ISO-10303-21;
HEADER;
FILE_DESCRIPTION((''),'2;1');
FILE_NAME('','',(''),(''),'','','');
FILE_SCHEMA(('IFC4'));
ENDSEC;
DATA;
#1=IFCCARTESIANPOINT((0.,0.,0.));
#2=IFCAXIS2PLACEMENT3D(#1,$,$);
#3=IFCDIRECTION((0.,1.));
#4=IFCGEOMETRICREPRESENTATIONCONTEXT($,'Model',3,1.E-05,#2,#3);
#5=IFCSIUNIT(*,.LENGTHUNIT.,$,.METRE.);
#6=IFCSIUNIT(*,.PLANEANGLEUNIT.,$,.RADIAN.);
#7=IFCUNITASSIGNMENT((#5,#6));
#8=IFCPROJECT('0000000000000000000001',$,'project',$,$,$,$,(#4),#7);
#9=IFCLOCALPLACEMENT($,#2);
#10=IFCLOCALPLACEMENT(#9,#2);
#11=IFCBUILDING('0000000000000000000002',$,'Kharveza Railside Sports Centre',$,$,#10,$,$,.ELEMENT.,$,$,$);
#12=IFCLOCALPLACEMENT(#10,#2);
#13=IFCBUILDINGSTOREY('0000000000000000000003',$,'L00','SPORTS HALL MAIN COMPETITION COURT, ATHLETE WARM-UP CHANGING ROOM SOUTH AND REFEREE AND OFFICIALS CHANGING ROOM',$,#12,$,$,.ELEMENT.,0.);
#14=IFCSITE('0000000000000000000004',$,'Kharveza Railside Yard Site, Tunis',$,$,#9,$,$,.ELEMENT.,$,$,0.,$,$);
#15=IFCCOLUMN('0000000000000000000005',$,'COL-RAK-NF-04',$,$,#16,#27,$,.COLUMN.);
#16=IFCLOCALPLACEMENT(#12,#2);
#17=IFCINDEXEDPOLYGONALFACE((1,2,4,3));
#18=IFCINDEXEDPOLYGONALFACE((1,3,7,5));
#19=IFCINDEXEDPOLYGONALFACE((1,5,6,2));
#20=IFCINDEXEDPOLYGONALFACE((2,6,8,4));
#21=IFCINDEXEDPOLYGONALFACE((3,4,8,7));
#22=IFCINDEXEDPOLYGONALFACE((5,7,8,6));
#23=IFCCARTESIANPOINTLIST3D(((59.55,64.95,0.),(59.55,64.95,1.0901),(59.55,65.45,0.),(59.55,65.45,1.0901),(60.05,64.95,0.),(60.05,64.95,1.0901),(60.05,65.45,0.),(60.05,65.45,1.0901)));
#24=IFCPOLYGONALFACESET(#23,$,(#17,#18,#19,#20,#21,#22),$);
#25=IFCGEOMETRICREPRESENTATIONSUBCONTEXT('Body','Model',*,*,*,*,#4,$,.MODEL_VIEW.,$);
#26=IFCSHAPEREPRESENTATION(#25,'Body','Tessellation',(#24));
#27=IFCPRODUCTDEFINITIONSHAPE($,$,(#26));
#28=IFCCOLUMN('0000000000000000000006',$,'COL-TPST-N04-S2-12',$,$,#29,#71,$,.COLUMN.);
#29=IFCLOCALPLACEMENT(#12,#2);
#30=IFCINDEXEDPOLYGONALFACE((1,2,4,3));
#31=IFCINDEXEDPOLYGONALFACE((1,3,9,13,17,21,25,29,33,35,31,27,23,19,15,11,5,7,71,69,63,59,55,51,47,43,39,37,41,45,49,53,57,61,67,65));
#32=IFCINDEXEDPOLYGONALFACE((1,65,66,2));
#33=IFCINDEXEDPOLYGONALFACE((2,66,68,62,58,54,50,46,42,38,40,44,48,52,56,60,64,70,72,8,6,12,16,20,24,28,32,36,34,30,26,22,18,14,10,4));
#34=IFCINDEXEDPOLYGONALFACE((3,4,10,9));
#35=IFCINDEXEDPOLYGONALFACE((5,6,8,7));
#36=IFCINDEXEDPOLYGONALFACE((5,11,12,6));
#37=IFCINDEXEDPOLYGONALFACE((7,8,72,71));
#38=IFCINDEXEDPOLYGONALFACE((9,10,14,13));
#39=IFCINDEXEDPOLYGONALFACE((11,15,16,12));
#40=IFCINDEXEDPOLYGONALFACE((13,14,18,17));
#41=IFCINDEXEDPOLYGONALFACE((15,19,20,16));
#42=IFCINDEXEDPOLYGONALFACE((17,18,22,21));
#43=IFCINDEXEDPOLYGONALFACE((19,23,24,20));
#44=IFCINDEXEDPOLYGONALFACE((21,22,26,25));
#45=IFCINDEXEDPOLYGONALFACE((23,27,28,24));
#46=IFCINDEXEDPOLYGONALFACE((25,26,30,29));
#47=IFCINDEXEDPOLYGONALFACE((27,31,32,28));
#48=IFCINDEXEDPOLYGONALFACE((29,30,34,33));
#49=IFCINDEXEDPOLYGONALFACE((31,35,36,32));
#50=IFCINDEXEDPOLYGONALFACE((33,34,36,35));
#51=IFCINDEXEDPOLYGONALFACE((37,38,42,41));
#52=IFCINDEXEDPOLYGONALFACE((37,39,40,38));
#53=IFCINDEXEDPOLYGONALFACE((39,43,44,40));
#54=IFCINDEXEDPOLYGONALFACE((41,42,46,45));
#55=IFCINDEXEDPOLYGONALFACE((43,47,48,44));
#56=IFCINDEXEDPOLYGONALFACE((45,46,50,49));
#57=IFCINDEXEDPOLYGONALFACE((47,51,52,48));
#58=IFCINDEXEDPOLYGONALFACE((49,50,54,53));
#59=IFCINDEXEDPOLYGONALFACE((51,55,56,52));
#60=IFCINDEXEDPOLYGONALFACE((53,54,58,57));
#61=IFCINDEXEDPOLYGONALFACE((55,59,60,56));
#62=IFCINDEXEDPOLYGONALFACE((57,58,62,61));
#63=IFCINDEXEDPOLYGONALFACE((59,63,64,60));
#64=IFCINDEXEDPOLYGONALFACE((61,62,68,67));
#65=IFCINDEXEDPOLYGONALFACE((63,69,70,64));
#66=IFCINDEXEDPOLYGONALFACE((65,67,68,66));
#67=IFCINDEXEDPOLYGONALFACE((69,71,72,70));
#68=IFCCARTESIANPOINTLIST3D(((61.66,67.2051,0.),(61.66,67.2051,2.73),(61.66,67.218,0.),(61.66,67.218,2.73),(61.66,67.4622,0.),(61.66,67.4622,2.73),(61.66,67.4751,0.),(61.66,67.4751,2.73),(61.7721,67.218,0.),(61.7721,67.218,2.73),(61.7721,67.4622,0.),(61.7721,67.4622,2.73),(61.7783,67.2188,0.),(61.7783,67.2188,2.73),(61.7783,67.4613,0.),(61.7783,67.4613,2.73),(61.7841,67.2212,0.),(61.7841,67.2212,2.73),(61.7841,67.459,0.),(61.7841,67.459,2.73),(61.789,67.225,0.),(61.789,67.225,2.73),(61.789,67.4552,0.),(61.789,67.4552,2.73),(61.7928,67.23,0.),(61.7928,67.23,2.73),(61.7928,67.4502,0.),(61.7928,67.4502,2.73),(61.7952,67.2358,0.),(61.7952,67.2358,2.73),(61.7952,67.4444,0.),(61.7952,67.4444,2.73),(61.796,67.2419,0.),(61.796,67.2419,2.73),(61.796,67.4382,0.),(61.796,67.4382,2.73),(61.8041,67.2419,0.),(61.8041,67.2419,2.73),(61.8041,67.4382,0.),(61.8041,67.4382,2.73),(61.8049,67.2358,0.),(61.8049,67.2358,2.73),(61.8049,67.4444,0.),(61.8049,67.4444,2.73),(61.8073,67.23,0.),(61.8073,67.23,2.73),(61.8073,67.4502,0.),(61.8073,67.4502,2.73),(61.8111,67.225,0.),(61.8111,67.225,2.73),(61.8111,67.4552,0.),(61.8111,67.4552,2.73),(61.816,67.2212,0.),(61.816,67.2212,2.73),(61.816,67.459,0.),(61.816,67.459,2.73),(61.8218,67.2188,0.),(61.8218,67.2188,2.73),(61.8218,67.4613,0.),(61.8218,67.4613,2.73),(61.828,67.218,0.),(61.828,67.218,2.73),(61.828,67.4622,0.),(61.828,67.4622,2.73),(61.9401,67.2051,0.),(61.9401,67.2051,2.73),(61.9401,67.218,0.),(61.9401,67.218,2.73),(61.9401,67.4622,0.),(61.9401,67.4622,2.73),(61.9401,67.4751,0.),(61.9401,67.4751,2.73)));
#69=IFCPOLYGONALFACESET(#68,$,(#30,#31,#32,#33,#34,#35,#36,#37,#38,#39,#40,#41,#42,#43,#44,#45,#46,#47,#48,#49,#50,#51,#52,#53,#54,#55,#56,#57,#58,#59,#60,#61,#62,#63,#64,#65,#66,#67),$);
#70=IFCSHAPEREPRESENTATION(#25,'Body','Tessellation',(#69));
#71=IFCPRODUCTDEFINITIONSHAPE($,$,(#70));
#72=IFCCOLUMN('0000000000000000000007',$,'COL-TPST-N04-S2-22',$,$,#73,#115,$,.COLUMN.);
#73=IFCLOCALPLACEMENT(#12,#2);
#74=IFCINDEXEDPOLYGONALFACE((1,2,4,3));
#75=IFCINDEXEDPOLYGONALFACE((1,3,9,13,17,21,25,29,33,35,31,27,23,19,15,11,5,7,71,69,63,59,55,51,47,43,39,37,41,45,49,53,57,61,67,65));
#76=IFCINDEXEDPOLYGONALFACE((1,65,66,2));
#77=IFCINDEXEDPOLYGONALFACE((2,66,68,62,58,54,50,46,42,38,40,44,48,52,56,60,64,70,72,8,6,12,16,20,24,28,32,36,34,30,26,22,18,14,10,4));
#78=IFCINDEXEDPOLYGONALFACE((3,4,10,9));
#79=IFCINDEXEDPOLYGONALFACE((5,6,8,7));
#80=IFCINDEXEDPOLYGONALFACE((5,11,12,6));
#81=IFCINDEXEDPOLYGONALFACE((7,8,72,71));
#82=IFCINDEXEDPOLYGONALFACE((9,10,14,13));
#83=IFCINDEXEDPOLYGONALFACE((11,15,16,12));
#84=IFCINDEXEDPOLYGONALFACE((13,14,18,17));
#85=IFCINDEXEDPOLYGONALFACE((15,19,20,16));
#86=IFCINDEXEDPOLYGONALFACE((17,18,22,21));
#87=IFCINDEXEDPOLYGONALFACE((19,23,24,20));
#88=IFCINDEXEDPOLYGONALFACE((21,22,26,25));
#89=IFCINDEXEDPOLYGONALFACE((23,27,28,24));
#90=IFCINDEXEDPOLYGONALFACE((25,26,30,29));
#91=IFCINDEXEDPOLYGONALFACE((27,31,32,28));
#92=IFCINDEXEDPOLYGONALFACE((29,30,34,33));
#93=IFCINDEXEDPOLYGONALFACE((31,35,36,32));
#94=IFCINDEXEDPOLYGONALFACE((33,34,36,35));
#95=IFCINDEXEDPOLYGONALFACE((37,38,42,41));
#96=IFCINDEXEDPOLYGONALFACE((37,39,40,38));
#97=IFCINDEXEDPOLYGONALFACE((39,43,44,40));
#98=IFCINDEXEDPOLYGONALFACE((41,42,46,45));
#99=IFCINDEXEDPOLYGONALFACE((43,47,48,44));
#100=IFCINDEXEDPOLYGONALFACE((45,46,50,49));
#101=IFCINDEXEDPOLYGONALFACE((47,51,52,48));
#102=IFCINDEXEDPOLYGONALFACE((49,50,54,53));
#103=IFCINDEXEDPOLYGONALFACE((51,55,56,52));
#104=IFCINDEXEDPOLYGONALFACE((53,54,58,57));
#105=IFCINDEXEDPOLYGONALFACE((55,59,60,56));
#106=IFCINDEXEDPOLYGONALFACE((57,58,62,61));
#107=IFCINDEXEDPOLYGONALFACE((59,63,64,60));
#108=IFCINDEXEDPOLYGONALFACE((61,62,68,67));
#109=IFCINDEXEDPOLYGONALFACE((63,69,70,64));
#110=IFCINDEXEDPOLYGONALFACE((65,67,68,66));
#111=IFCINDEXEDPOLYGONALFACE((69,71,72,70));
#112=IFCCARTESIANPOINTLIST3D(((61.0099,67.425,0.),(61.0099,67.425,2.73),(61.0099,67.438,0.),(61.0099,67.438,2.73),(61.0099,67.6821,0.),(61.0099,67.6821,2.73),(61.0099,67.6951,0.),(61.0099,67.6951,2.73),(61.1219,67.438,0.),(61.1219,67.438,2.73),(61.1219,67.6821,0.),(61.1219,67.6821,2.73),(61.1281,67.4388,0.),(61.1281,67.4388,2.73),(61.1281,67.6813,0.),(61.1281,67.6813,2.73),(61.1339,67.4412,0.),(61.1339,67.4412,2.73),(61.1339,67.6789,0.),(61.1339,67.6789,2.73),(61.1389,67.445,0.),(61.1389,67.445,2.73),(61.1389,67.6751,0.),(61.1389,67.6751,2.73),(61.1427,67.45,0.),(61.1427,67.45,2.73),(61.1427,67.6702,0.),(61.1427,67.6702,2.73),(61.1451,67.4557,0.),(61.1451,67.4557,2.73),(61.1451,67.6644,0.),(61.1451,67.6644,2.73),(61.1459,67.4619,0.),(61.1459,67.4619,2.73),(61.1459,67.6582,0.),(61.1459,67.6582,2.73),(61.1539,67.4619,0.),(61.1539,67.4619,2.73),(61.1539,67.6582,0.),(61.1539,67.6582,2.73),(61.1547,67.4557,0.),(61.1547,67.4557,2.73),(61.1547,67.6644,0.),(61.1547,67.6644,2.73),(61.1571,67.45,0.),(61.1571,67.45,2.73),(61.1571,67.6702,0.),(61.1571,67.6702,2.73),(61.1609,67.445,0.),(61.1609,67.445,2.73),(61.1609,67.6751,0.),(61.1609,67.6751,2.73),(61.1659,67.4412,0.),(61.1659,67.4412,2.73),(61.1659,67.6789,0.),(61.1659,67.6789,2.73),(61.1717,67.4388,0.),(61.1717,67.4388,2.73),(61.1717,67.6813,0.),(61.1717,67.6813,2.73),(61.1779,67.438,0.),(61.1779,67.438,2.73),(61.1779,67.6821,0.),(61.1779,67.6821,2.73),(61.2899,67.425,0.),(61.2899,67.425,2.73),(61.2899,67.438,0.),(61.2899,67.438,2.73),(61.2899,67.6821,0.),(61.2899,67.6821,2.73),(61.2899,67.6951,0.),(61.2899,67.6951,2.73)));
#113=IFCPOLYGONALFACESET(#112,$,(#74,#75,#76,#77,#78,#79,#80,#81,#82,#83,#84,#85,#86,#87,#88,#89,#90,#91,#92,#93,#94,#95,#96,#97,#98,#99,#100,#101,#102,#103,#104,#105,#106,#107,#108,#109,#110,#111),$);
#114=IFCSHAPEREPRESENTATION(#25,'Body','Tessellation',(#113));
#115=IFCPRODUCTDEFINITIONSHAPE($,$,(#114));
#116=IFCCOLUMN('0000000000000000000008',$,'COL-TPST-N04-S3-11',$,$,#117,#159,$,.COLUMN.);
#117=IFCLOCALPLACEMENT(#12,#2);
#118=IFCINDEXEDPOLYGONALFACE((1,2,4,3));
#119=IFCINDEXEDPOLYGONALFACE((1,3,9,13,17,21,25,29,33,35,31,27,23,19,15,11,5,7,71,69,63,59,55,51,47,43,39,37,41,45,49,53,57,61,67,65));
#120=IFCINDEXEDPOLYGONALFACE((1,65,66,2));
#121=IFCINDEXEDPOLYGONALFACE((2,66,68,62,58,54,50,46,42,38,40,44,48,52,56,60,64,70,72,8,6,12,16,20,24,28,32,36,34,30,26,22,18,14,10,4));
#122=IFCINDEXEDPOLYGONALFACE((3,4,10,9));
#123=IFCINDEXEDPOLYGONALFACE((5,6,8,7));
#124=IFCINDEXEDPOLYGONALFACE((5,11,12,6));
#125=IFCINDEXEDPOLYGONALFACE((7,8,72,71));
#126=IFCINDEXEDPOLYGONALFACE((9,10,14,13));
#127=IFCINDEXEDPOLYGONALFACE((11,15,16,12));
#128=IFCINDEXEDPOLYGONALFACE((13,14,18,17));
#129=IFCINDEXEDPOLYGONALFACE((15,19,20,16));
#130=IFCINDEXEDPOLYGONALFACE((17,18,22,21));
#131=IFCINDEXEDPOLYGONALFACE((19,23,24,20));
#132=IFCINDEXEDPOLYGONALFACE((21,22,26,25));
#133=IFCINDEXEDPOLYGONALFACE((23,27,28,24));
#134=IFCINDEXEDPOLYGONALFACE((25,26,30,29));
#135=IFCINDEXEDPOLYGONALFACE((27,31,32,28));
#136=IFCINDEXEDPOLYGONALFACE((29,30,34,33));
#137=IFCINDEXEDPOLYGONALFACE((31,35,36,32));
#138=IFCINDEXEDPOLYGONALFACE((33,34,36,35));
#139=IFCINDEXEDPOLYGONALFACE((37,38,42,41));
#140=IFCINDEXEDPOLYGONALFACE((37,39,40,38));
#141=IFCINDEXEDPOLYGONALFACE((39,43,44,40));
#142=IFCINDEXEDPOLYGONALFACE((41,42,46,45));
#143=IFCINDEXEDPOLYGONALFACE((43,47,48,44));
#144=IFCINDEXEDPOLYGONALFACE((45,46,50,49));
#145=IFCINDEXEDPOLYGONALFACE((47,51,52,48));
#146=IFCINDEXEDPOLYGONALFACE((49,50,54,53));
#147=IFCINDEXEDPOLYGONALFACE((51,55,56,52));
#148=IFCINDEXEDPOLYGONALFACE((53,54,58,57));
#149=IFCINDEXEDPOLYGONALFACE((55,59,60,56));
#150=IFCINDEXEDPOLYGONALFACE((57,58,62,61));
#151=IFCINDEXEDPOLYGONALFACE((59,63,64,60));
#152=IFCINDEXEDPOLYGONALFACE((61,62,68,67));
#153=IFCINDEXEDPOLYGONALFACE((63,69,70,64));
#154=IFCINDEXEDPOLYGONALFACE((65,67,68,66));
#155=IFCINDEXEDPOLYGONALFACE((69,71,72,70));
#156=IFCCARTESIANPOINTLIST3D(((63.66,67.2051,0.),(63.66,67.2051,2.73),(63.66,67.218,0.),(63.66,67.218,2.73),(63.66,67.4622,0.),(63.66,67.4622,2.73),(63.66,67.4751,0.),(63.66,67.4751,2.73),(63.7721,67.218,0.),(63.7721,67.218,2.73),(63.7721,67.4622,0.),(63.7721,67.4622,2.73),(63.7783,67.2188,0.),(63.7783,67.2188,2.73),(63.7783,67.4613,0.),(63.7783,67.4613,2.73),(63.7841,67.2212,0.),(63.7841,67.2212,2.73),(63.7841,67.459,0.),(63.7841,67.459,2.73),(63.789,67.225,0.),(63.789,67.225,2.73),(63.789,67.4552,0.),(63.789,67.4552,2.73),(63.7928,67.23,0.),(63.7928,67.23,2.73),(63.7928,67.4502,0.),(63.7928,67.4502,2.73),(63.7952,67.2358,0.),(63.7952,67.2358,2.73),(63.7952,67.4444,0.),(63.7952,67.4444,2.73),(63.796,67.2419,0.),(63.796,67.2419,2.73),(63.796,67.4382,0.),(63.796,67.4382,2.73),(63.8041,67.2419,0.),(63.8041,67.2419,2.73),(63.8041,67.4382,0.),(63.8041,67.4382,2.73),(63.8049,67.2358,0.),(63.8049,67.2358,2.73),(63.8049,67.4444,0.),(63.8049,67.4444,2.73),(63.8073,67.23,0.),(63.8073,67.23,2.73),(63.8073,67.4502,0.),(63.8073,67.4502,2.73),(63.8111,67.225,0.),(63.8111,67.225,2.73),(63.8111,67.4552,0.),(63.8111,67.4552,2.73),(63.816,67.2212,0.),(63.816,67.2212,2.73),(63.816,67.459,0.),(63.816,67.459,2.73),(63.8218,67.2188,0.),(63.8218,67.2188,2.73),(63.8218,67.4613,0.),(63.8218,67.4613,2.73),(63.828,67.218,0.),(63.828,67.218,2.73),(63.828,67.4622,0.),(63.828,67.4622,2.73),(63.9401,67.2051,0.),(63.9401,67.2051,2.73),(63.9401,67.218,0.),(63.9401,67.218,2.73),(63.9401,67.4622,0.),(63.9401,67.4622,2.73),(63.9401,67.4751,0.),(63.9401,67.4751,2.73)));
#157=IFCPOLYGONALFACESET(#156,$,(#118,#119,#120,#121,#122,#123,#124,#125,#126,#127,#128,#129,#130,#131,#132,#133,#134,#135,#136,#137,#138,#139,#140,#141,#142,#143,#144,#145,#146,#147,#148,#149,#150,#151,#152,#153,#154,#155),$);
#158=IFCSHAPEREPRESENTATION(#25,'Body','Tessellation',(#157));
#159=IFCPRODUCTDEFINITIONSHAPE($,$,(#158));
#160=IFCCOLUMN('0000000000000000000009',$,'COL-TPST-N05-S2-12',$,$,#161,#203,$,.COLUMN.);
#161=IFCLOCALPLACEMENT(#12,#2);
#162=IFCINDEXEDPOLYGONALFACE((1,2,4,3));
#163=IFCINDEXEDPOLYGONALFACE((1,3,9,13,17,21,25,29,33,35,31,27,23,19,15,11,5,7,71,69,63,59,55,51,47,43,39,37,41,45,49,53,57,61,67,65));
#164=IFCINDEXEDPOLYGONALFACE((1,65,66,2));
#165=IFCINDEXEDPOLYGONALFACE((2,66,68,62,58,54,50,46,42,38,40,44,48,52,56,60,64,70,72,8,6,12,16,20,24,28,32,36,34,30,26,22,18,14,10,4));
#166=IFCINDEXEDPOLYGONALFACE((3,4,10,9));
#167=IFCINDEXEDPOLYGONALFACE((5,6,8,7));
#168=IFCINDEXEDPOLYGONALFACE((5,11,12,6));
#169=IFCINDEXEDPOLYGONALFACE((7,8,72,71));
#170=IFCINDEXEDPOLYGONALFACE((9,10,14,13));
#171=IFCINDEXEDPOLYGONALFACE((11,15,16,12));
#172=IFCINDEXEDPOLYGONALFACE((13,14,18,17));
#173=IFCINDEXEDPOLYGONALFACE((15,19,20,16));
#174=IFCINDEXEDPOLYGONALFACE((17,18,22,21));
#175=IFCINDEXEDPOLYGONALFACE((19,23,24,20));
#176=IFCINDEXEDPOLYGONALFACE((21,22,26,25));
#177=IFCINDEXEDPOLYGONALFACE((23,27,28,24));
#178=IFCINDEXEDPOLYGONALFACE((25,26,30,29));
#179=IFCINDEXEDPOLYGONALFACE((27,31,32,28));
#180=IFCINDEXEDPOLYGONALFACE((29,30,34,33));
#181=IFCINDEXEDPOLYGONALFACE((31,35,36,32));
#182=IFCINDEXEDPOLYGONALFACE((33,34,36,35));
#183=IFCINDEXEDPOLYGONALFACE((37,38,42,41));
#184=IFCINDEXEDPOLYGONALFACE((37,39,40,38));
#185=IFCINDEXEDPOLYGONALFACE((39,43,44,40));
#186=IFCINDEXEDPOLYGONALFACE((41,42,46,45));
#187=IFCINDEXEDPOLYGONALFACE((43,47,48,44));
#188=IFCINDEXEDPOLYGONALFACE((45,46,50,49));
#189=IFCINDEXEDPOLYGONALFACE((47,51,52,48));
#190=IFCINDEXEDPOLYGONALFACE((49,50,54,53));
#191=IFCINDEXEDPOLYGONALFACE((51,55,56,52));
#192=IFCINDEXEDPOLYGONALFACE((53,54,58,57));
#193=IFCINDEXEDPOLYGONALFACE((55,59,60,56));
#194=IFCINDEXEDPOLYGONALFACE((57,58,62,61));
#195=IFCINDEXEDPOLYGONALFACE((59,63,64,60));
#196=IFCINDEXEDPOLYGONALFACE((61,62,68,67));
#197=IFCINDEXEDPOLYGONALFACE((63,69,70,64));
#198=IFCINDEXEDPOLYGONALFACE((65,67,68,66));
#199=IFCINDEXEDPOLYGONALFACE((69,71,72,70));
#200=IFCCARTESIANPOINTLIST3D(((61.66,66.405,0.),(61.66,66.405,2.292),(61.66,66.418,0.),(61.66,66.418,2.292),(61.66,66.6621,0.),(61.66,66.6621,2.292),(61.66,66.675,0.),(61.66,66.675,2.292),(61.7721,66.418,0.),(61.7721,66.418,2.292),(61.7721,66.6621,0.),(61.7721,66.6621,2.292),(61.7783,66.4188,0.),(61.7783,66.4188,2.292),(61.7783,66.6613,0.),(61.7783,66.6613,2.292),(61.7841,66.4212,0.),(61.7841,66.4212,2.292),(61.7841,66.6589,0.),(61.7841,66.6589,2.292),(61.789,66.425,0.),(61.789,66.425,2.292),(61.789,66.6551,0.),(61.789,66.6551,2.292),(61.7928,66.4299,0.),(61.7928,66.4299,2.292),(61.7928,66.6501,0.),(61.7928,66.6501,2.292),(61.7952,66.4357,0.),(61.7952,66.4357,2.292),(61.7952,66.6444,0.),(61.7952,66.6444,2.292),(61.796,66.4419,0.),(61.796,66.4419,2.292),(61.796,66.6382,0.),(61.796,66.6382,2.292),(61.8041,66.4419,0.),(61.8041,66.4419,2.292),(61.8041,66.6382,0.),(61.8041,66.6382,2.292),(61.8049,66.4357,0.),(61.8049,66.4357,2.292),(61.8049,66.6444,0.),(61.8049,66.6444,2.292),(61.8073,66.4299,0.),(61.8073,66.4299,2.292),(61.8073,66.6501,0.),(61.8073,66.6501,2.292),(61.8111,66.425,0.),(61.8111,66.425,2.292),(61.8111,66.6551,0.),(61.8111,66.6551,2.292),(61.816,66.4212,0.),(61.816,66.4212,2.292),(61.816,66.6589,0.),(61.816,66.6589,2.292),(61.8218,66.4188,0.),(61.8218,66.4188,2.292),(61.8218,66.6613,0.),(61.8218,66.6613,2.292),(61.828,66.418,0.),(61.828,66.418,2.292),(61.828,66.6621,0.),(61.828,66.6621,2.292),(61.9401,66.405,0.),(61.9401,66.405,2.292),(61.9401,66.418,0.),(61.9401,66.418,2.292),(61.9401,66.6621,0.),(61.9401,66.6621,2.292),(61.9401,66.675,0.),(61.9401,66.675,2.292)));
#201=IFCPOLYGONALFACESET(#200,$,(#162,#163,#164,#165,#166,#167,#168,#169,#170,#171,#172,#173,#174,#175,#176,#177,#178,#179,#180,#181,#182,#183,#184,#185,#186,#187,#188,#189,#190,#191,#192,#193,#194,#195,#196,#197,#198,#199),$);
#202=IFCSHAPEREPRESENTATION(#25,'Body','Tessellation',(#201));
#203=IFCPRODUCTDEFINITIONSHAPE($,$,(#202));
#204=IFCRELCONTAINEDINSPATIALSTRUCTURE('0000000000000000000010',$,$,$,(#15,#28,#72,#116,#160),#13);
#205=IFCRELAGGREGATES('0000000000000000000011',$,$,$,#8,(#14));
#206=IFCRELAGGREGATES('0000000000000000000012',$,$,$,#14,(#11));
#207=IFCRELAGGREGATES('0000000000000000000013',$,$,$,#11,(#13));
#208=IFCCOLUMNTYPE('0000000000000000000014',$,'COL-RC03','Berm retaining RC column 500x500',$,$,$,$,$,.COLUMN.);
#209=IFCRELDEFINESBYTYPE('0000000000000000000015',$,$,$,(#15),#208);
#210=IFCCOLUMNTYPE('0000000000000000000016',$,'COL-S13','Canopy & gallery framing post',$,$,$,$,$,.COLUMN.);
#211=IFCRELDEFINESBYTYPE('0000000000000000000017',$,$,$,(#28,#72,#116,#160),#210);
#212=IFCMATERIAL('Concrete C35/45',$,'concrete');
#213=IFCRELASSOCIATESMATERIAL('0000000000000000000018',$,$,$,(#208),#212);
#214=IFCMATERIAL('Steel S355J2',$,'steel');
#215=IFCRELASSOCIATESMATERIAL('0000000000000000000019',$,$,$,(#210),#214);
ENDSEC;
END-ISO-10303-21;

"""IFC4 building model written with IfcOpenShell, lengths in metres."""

from ifc_helpers import new_model, si_unit, direction, frame, origin, origin_2d, place, context, subcontext, project, spatial, rectangle, i_section, extrude, material, material_profile, profile_set, type_object, element, save


model = new_model("IFC4")

# Units and contexts
model_context = context("Model", 3, precision=1e-05, world=origin(), true_north=direction((0.0, 1.0)))
body_context = subcontext(model_context, "Body", "Model", "MODEL_VIEW")
ifc_project = project(units=[si_unit("LENGTHUNIT", "METRE"), si_unit("PLANEANGLEUNIT", "RADIAN")], contexts=[model_context])

# Site, building, storey
site_placement = place(None, origin())
site = spatial("IfcSite", under=ifc_project, at=site_placement, Name="Kharveza Railside Yard Site, Tunis", CompositionType="ELEMENT", RefElevation=0.0)
building_placement = place(site_placement, origin())
building = spatial("IfcBuilding", under=site, at=building_placement, Name="Kharveza Railside Sports Centre", CompositionType="ELEMENT")
storey_placement = place(building_placement, origin())
storey = spatial("IfcBuildingStorey", under=building, at=storey_placement, Name="L00", Description="SPORTS HALL MAIN COMPETITION COURT, ATHLETE WARM-UP CHANGING ROOM SOUTH AND REFEREE AND OFFICIALS CHANGING ROOM", CompositionType="ELEMENT", Elevation=0.0)

# Columns
ifc_material_1 = material(Name="Concrete C35/45", Category="concrete")
ifc_material_profile_1 = material_profile(ifc_material_1, rectangle(XDim=0.5, YDim=0.5, at=origin_2d()), Name="RC 500x500")
ifc_profile_set_1 = profile_set([ifc_material_profile_1], Name="Concrete C35/45")
column_type_1 = type_object("IfcColumnType", Name="COL-RC03", Description="Berm retaining RC column 500x500", PredefinedType="COLUMN", material=ifc_profile_set_1)
column_placement = place(storey_placement, frame((59.8, 65.2, 0.0), z_axis=(0.0, 0.0, 1.0), x_axis=(1.0, 0.0, 0.0)))
element("IfcColumn", 1, at=column_placement, inside=storey, type_object=column_type_1, Name="COL-RAK-NF-04", PredefinedType="COLUMN", context=body_context, shape_type="SweptSolid", body=[
    extrude(rectangle(XDim=0.5, YDim=0.5, at=origin_2d()), origin(), (0.0, 0.0, 1.0), 1.0901),
])
ifc_material_2 = material(Name="Steel S355J2", Category="steel")
ifc_material_profile_2 = material_profile(ifc_material_2, i_section(OverallWidth=0.28, OverallDepth=0.27, WebThickness=0.0081, FlangeThickness=0.0129, FilletRadius=0.0239, at=origin_2d()), Name="HEA 280")
ifc_profile_set_2 = profile_set([ifc_material_profile_2], Name="Steel S355J2")
column_type_2 = type_object("IfcColumnType", Name="COL-S13", Description="Canopy & gallery framing post", PredefinedType="COLUMN", material=ifc_profile_set_2)
for number, where, z_axis, x_axis, name in (
    (2, (61.8, 67.3401, 0.0), (0.0, 0.0, 1.0), (1.0, 0.0, 0.0), "COL-TPST-N04-S2-12"),
    (3, (61.1499, 67.5601, 0.0), (0.0, 0.0, 1.0), (1.0, 0.0, 0.0), "COL-TPST-N04-S2-22"),
    (4, (63.8, 67.3401, 0.0), (0.0, 0.0, 1.0), (1.0, 0.0, 0.0), "COL-TPST-N04-S3-11"),
):
    element("IfcColumn", number, at=place(storey_placement, frame(where, z_axis=z_axis, x_axis=x_axis)), inside=storey, type_object=column_type_2, Name=name, PredefinedType="COLUMN", context=body_context, shape_type="SweptSolid", body=[
        extrude(i_section(OverallWidth=0.28, OverallDepth=0.27, WebThickness=0.0081, FlangeThickness=0.0129, FilletRadius=0.0239, at=origin_2d()), origin(), (0.0, 0.0, 1.0), 2.73),
    ])
for number, where, z_axis, x_axis, name in (
    (5, (61.8, 66.54, 0.0), (0.0, 0.0, 1.0), (1.0, 0.0, 0.0), "COL-TPST-N05-S2-12"),
):
    element("IfcColumn", number, at=place(storey_placement, frame(where, z_axis=z_axis, x_axis=x_axis)), inside=storey, type_object=column_type_2, Name=name, PredefinedType="COLUMN", context=body_context, shape_type="SweptSolid", body=[
        extrude(i_section(OverallWidth=0.28, OverallDepth=0.27, WebThickness=0.0081, FlangeThickness=0.0129, FilletRadius=0.0239, at=origin_2d()), origin(), (0.0, 0.0, 1.0), 2.292),
    ])

save(model, "model.ifc")
